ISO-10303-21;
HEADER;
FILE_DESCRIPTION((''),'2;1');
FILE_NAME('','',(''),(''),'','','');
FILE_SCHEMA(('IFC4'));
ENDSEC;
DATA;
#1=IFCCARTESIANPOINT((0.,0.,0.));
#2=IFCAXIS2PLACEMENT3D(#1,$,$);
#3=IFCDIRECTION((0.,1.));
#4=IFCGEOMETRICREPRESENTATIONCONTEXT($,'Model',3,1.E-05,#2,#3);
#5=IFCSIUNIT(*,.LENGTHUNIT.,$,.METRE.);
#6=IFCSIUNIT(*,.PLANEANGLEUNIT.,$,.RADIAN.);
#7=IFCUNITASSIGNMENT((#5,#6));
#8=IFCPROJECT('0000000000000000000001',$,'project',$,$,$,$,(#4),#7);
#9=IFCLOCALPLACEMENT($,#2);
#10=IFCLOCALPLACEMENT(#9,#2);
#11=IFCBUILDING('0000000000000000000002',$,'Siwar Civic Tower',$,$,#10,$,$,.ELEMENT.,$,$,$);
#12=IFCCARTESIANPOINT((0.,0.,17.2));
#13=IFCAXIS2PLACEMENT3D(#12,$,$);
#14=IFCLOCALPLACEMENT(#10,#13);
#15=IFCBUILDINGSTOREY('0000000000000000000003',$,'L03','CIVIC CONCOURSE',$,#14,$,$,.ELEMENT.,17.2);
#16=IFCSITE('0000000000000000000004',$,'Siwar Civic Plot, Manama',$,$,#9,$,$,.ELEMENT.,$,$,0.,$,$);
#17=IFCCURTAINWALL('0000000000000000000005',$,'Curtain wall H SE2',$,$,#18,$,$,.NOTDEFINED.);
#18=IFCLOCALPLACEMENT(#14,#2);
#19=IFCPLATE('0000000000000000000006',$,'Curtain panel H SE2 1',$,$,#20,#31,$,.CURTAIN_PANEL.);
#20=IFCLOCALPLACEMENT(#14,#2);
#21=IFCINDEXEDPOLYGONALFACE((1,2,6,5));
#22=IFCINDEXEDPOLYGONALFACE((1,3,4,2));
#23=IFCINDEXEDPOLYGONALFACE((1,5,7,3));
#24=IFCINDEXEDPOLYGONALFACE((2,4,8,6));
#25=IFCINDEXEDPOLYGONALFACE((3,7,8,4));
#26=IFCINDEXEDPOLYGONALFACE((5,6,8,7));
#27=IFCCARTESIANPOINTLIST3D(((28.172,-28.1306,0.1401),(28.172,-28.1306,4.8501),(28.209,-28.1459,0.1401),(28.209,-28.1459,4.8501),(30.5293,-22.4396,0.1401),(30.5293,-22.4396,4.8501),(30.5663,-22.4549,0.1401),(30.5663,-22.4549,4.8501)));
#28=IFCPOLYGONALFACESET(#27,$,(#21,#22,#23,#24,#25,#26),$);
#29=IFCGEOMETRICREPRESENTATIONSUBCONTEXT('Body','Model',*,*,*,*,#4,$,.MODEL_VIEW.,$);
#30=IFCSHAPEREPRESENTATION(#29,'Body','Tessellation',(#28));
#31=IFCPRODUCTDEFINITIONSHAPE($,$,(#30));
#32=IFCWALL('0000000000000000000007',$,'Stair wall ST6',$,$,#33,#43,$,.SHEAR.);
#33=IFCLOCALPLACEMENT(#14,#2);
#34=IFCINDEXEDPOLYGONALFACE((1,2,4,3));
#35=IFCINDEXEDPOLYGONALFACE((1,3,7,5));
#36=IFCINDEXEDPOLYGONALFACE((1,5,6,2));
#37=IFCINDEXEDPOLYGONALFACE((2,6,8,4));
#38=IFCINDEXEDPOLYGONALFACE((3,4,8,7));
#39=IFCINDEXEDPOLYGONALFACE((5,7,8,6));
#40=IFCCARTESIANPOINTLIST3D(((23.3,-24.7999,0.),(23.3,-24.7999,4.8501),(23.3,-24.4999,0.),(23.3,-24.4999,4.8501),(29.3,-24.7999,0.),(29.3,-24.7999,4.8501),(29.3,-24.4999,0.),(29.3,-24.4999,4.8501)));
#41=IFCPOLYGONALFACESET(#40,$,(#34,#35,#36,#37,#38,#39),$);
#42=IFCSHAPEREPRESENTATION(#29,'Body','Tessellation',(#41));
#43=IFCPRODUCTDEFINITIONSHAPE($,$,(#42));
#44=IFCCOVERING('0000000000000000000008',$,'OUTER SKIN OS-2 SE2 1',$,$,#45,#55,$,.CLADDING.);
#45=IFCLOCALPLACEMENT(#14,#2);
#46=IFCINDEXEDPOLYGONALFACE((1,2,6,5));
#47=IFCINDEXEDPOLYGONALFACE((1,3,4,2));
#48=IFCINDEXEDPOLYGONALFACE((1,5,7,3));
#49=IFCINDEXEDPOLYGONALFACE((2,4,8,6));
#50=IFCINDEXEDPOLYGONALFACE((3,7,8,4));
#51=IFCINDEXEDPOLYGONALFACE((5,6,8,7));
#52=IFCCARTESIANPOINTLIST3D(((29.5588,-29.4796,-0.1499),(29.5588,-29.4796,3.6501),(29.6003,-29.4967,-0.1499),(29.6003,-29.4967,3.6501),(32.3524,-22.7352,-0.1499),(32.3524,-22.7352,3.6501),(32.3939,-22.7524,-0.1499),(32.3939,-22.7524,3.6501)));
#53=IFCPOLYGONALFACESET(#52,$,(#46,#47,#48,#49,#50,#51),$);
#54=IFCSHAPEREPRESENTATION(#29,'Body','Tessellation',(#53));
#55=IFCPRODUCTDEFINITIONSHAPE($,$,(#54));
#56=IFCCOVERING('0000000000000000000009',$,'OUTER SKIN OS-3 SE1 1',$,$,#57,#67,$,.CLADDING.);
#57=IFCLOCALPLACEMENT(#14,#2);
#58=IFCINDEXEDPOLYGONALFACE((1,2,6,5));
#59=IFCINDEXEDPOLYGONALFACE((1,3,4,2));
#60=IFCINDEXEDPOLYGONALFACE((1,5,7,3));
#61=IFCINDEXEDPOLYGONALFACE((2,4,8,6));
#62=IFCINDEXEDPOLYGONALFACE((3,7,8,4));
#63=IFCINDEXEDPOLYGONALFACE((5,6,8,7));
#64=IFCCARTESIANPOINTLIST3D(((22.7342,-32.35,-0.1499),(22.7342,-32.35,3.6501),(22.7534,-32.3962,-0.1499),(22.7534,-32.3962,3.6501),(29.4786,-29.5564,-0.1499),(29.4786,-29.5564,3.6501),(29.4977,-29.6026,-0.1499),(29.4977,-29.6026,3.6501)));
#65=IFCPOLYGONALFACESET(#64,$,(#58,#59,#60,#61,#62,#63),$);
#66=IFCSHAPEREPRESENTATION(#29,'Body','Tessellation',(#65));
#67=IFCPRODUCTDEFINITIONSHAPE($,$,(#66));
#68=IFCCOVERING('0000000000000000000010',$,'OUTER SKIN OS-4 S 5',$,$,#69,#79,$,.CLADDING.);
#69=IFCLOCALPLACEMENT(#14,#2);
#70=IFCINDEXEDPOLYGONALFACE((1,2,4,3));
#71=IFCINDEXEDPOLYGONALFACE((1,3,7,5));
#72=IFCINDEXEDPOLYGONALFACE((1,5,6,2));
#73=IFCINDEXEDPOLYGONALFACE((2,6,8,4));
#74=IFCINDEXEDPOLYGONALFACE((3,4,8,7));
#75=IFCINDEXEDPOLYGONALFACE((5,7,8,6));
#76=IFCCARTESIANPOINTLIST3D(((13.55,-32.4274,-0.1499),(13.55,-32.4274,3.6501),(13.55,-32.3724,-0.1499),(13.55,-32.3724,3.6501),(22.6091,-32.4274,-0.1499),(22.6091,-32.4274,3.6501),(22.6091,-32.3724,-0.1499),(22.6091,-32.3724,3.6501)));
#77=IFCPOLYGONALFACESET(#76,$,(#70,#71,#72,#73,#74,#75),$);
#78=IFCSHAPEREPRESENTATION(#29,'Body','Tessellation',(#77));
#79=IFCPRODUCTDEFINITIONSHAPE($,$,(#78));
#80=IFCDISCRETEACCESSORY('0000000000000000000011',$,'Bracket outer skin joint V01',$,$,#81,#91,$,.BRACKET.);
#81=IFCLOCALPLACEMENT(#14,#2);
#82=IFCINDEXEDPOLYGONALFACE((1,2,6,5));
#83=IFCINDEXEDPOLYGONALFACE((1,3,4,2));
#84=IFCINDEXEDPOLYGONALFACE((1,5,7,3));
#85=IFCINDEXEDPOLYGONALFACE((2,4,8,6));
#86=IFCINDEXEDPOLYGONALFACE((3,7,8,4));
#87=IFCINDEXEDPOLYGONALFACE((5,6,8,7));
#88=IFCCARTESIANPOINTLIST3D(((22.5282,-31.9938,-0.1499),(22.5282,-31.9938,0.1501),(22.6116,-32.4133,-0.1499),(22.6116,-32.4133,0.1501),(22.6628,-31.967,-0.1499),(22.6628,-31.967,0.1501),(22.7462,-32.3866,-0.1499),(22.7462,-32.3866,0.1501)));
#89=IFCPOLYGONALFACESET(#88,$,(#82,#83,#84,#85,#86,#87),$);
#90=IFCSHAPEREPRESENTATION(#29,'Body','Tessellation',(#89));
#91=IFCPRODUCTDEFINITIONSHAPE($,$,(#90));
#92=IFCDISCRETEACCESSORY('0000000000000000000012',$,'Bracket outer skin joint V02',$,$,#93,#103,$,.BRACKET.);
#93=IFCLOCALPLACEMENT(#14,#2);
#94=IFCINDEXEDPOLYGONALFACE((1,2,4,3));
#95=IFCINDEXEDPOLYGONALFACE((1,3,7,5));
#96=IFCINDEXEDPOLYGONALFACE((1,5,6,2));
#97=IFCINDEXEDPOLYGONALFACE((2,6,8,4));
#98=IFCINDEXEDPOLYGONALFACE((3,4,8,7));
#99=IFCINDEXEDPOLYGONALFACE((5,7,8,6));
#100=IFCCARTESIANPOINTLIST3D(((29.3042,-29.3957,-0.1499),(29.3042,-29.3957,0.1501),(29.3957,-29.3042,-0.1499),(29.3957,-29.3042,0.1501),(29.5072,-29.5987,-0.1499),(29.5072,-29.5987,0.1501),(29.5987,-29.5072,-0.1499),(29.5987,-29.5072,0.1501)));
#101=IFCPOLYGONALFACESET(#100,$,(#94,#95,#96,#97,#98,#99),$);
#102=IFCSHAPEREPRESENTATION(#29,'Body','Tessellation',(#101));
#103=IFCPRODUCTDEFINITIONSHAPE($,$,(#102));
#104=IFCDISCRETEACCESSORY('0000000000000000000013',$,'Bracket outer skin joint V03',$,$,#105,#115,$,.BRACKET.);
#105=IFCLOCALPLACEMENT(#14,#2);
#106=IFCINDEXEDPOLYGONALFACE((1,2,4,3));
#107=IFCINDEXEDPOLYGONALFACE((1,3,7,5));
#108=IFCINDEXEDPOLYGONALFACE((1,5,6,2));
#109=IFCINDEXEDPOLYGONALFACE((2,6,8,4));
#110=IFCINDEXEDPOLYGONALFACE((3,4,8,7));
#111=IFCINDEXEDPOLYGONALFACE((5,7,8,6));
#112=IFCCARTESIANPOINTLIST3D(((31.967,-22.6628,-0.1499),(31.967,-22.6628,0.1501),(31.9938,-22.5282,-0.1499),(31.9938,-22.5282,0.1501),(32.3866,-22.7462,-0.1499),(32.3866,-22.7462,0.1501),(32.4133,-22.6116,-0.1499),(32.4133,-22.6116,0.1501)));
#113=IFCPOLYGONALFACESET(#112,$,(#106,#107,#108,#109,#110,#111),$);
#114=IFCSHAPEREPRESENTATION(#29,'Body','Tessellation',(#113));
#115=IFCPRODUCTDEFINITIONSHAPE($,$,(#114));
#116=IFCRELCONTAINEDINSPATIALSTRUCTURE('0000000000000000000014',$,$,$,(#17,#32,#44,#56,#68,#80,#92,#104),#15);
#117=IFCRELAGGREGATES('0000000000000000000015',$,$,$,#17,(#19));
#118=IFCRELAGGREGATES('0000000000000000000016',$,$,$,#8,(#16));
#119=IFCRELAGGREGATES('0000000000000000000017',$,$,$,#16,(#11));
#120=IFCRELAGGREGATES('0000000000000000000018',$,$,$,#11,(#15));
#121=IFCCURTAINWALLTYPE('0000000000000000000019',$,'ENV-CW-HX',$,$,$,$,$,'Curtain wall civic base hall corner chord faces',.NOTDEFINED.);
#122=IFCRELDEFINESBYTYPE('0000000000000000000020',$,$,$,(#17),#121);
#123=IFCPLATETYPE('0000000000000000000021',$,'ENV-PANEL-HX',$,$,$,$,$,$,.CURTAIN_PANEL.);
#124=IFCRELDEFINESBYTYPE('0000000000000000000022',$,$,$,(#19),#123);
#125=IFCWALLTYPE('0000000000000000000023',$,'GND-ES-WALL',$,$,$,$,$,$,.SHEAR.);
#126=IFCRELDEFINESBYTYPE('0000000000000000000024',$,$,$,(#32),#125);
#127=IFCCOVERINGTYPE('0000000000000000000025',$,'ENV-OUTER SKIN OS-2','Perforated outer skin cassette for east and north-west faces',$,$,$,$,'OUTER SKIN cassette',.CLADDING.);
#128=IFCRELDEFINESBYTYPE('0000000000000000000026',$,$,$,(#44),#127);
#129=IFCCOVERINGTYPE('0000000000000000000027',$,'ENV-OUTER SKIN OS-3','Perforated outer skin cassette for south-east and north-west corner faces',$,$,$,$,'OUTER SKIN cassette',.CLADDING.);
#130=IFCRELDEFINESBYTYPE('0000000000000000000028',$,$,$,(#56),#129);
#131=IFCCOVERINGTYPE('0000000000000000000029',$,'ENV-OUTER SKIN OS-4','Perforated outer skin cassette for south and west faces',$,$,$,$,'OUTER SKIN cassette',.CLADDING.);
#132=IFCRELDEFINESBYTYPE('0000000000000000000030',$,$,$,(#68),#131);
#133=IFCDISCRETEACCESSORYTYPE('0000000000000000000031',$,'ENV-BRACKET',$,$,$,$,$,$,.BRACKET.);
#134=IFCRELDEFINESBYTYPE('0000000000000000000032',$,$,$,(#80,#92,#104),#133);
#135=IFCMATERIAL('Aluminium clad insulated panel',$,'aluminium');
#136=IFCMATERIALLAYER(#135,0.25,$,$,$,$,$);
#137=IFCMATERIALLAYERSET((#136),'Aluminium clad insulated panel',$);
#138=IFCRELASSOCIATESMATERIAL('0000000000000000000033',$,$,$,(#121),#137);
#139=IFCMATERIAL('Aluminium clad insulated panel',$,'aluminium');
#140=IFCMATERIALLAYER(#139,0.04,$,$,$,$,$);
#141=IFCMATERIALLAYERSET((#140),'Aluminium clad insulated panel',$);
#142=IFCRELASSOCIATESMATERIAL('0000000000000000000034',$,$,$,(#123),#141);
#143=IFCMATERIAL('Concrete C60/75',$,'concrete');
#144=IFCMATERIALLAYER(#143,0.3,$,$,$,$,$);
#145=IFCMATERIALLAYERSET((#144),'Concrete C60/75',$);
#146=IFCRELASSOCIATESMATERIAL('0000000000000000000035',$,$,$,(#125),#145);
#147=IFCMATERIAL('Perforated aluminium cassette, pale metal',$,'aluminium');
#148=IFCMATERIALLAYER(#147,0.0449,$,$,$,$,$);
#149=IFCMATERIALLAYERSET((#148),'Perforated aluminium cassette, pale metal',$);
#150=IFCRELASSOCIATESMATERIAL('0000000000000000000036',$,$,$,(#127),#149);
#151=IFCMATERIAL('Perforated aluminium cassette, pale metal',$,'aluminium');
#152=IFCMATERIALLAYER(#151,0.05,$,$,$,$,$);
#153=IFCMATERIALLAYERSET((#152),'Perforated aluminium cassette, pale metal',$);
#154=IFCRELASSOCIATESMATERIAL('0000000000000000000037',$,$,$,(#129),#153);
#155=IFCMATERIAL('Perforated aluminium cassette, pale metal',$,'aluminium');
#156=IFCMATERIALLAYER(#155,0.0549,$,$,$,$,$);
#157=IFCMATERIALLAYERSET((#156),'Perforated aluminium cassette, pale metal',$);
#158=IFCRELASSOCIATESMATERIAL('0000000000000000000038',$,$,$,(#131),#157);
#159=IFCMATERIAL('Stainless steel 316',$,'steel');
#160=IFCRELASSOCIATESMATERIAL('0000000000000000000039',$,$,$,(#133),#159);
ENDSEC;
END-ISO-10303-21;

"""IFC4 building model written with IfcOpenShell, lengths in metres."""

from ifc_helpers import new_model, si_unit, direction, frame, frame_2d, origin, origin_2d, place, context, subcontext, project, spatial, rectangle, extrude, material, layer, layer_set, type_object, element, aggregate, save


model = new_model("IFC4")

# Units and contexts
model_context = context("Model", 3, precision=1e-05, world=origin(), true_north=direction((0.0, 1.0)))
body_context = subcontext(model_context, "Body", "Model", "MODEL_VIEW")
ifc_project = project(units=[si_unit("LENGTHUNIT", "METRE"), si_unit("PLANEANGLEUNIT", "RADIAN")], contexts=[model_context])

# Site, building, storey
site_placement = place(None, origin())
site = spatial("IfcSite", under=ifc_project, at=site_placement, Name="Siwar Civic Plot, Manama", CompositionType="ELEMENT", RefElevation=0.0)
building_placement = place(site_placement, origin())
building = spatial("IfcBuilding", under=site, at=building_placement, Name="Siwar Civic Tower", CompositionType="ELEMENT")
storey_placement = place(building_placement, frame((0.0, 0.0, 17.2)))
storey = spatial("IfcBuildingStorey", under=building, at=storey_placement, Name="L03", Description="CIVIC CONCOURSE", CompositionType="ELEMENT", Elevation=17.2)

# Curtain wall
ifc_material_1 = material(Name="Aluminium clad insulated panel", Category="aluminium")
ifc_layer_1 = layer(ifc_material_1, 0.25)
ifc_layer_set_1 = layer_set([ifc_layer_1], Name="Aluminium clad insulated panel")
curtain_wall_type_1 = type_object("IfcCurtainWallType", Name="ENV-CW-HX", ElementType="Curtain wall civic base hall corner chord faces", PredefinedType="NOTDEFINED", material=ifc_layer_set_1)
curtain_wall_1_placement = place(storey_placement, origin())
curtain_wall_1 = element("IfcCurtainWall", 1, at=curtain_wall_1_placement, inside=storey, type_object=curtain_wall_type_1, Name="Curtain wall H SE2", PredefinedType="NOTDEFINED")

# Plate
ifc_material_2 = material(Name="Aluminium clad insulated panel", Category="aluminium")
ifc_layer_2 = layer(ifc_material_2, 0.04)
ifc_layer_set_2 = layer_set([ifc_layer_2], Name="Aluminium clad insulated panel")
plate_type_1 = type_object("IfcPlateType", Name="ENV-PANEL-HX", PredefinedType="CURTAIN_PANEL", material=ifc_layer_set_2)
plate_1_placement = place(storey_placement, frame((29.3691, -25.2927, 0.1401), z_axis=(0.0, 0.0, 1.0), x_axis=(0.382683, 0.92388, 0.0)))
plate_1 = element("IfcPlate", 2, at=plate_1_placement, type_object=plate_type_1, Name="Curtain panel H SE2 1", PredefinedType="CURTAIN_PANEL", context=body_context, shape_type="SweptSolid", body=[
    extrude(rectangle(XDim=6.1599, YDim=0.04, at=origin_2d()), origin(), (0.0, 0.0, 1.0), 4.71),
])
aggregate(curtain_wall_1, [plate_1])

# Wall
ifc_material_3 = material(Name="Concrete C60/75", Category="concrete")
ifc_layer_3 = layer(ifc_material_3, 0.3)
ifc_layer_set_3 = layer_set([ifc_layer_3], Name="Concrete C60/75")
wall_type = type_object("IfcWallType", Name="GND-ES-WALL", PredefinedType="SHEAR", material=ifc_layer_set_3)
wall_placement = place(storey_placement, frame((29.3, -24.6499, 0.0), z_axis=(0.0, 0.0, 1.0), x_axis=(-1.0, 0.0, 0.0)))
element("IfcWall", 3, at=wall_placement, inside=storey, type_object=wall_type, Name="Stair wall ST6", PredefinedType="SHEAR", context=body_context, shape_type="SweptSolid", body=[
    extrude(rectangle(XDim=6.0, YDim=0.3, at=frame_2d((3.0, 0.0))), origin(), (0.0, 0.0, 1.0), 4.8501),
])

# Coverings
ifc_material_4 = material(Name="Perforated aluminium cassette, pale metal", Category="aluminium")
ifc_layer_4 = layer(ifc_material_4, 0.0449)
ifc_layer_set_4 = layer_set([ifc_layer_4], Name="Perforated aluminium cassette, pale metal")
covering_type_1 = type_object("IfcCoveringType", Name="ENV-OUTER SKIN OS-2", Description="Perforated outer skin cassette for east and north-west faces", ElementType="OUTER SKIN cassette", PredefinedType="CLADDING", material=ifc_layer_set_4)
covering_1_placement = place(storey_placement, frame((30.9763, -26.116, -0.1499), z_axis=(0.0, 0.0, 1.0), x_axis=(0.382683, 0.92388, 0.0)))
element("IfcCovering", 4, at=covering_1_placement, inside=storey, type_object=covering_type_1, Name="OUTER SKIN OS-2 SE2 1", PredefinedType="CLADDING", context=body_context, shape_type="SweptSolid", body=[
    extrude(rectangle(XDim=7.3, YDim=0.0449, at=origin_2d()), origin(), (0.0, 0.0, 1.0), 3.8),
])
ifc_material_5 = material(Name="Perforated aluminium cassette, pale metal", Category="aluminium")
ifc_layer_5 = layer(ifc_material_5, 0.05)
ifc_layer_set_5 = layer_set([ifc_layer_5], Name="Perforated aluminium cassette, pale metal")
covering_type_2 = type_object("IfcCoveringType", Name="ENV-OUTER SKIN OS-3", Description="Perforated outer skin cassette for south-east and north-west corner faces", ElementType="OUTER SKIN cassette", PredefinedType="CLADDING", material=ifc_layer_set_5)
covering_2_placement = place(storey_placement, frame((26.116, -30.9763, -0.1499), z_axis=(0.0, 0.0, 1.0), x_axis=(0.92388, 0.382683, 0.0)))
element("IfcCovering", 5, at=covering_2_placement, inside=storey, type_object=covering_type_2, Name="OUTER SKIN OS-3 SE1 1", PredefinedType="CLADDING", context=body_context, shape_type="SweptSolid", body=[
    extrude(rectangle(XDim=7.3, YDim=0.05, at=origin_2d()), origin(), (0.0, 0.0, 1.0), 3.8),
])
ifc_material_6 = material(Name="Perforated aluminium cassette, pale metal", Category="aluminium")
ifc_layer_6 = layer(ifc_material_6, 0.0549)
ifc_layer_set_6 = layer_set([ifc_layer_6], Name="Perforated aluminium cassette, pale metal")
covering_type_3 = type_object("IfcCoveringType", Name="ENV-OUTER SKIN OS-4", Description="Perforated outer skin cassette for south and west faces", ElementType="OUTER SKIN cassette", PredefinedType="CLADDING", material=ifc_layer_set_6)
covering_3_placement = place(storey_placement, frame((18.0796, -32.3999, -0.1499), z_axis=(0.0, 0.0, 1.0), x_axis=(1.0, 0.0, 0.0)))
element("IfcCovering", 6, at=covering_3_placement, inside=storey, type_object=covering_type_3, Name="OUTER SKIN OS-4 S 5", PredefinedType="CLADDING", context=body_context, shape_type="SweptSolid", body=[
    extrude(rectangle(XDim=9.0591, YDim=0.0549, at=origin_2d()), origin(), (0.0, 0.0, 1.0), 3.8),
])

# Discrete accessories
ifc_material_7 = material(Name="Stainless steel 316", Category="steel")
discrete_accessory_type = type_object("IfcDiscreteAccessoryType", Name="ENV-BRACKET", PredefinedType="BRACKET", material=ifc_material_7)
discrete_accessory_1_placement = place(storey_placement, frame((22.6372, -32.1902, -0.1499), z_axis=(0.0, 0.0, 1.0), x_axis=(0.19509, -0.980785, 0.0)))
element("IfcDiscreteAccessory", 7, at=discrete_accessory_1_placement, inside=storey, type_object=discrete_accessory_type, Name="Bracket outer skin joint V01", PredefinedType="BRACKET", context=body_context, shape_type="SweptSolid", body=[
    extrude(rectangle(XDim=0.4277, YDim=0.1372, at=origin_2d()), origin(), (0.0, 0.0, 1.0), 0.3),
])
discrete_accessory_2_placement = place(storey_placement, frame((29.4514, -29.4514, -0.1499), z_axis=(0.0, 0.0, 1.0), x_axis=(0.707107, -0.707107, 0.0)))
element("IfcDiscreteAccessory", 8, at=discrete_accessory_2_placement, inside=storey, type_object=discrete_accessory_type, Name="Bracket outer skin joint V02", PredefinedType="BRACKET", context=body_context, shape_type="SweptSolid", body=[
    extrude(rectangle(XDim=0.2871, YDim=0.1294, at=origin_2d()), origin(), (0.0, 0.0, 1.0), 0.3),
])
discrete_accessory_3_placement = place(storey_placement, frame((32.1902, -22.6372, -0.1499), z_axis=(0.0, 0.0, 1.0), x_axis=(0.980785, -0.19509, 0.0)))
element("IfcDiscreteAccessory", 9, at=discrete_accessory_3_placement, inside=storey, type_object=discrete_accessory_type, Name="Bracket outer skin joint V03", PredefinedType="BRACKET", context=body_context, shape_type="SweptSolid", body=[
    extrude(rectangle(XDim=0.4277, YDim=0.1372, at=origin_2d()), origin(), (0.0, 0.0, 1.0), 0.3),
])

save(model, "model.ifc")
